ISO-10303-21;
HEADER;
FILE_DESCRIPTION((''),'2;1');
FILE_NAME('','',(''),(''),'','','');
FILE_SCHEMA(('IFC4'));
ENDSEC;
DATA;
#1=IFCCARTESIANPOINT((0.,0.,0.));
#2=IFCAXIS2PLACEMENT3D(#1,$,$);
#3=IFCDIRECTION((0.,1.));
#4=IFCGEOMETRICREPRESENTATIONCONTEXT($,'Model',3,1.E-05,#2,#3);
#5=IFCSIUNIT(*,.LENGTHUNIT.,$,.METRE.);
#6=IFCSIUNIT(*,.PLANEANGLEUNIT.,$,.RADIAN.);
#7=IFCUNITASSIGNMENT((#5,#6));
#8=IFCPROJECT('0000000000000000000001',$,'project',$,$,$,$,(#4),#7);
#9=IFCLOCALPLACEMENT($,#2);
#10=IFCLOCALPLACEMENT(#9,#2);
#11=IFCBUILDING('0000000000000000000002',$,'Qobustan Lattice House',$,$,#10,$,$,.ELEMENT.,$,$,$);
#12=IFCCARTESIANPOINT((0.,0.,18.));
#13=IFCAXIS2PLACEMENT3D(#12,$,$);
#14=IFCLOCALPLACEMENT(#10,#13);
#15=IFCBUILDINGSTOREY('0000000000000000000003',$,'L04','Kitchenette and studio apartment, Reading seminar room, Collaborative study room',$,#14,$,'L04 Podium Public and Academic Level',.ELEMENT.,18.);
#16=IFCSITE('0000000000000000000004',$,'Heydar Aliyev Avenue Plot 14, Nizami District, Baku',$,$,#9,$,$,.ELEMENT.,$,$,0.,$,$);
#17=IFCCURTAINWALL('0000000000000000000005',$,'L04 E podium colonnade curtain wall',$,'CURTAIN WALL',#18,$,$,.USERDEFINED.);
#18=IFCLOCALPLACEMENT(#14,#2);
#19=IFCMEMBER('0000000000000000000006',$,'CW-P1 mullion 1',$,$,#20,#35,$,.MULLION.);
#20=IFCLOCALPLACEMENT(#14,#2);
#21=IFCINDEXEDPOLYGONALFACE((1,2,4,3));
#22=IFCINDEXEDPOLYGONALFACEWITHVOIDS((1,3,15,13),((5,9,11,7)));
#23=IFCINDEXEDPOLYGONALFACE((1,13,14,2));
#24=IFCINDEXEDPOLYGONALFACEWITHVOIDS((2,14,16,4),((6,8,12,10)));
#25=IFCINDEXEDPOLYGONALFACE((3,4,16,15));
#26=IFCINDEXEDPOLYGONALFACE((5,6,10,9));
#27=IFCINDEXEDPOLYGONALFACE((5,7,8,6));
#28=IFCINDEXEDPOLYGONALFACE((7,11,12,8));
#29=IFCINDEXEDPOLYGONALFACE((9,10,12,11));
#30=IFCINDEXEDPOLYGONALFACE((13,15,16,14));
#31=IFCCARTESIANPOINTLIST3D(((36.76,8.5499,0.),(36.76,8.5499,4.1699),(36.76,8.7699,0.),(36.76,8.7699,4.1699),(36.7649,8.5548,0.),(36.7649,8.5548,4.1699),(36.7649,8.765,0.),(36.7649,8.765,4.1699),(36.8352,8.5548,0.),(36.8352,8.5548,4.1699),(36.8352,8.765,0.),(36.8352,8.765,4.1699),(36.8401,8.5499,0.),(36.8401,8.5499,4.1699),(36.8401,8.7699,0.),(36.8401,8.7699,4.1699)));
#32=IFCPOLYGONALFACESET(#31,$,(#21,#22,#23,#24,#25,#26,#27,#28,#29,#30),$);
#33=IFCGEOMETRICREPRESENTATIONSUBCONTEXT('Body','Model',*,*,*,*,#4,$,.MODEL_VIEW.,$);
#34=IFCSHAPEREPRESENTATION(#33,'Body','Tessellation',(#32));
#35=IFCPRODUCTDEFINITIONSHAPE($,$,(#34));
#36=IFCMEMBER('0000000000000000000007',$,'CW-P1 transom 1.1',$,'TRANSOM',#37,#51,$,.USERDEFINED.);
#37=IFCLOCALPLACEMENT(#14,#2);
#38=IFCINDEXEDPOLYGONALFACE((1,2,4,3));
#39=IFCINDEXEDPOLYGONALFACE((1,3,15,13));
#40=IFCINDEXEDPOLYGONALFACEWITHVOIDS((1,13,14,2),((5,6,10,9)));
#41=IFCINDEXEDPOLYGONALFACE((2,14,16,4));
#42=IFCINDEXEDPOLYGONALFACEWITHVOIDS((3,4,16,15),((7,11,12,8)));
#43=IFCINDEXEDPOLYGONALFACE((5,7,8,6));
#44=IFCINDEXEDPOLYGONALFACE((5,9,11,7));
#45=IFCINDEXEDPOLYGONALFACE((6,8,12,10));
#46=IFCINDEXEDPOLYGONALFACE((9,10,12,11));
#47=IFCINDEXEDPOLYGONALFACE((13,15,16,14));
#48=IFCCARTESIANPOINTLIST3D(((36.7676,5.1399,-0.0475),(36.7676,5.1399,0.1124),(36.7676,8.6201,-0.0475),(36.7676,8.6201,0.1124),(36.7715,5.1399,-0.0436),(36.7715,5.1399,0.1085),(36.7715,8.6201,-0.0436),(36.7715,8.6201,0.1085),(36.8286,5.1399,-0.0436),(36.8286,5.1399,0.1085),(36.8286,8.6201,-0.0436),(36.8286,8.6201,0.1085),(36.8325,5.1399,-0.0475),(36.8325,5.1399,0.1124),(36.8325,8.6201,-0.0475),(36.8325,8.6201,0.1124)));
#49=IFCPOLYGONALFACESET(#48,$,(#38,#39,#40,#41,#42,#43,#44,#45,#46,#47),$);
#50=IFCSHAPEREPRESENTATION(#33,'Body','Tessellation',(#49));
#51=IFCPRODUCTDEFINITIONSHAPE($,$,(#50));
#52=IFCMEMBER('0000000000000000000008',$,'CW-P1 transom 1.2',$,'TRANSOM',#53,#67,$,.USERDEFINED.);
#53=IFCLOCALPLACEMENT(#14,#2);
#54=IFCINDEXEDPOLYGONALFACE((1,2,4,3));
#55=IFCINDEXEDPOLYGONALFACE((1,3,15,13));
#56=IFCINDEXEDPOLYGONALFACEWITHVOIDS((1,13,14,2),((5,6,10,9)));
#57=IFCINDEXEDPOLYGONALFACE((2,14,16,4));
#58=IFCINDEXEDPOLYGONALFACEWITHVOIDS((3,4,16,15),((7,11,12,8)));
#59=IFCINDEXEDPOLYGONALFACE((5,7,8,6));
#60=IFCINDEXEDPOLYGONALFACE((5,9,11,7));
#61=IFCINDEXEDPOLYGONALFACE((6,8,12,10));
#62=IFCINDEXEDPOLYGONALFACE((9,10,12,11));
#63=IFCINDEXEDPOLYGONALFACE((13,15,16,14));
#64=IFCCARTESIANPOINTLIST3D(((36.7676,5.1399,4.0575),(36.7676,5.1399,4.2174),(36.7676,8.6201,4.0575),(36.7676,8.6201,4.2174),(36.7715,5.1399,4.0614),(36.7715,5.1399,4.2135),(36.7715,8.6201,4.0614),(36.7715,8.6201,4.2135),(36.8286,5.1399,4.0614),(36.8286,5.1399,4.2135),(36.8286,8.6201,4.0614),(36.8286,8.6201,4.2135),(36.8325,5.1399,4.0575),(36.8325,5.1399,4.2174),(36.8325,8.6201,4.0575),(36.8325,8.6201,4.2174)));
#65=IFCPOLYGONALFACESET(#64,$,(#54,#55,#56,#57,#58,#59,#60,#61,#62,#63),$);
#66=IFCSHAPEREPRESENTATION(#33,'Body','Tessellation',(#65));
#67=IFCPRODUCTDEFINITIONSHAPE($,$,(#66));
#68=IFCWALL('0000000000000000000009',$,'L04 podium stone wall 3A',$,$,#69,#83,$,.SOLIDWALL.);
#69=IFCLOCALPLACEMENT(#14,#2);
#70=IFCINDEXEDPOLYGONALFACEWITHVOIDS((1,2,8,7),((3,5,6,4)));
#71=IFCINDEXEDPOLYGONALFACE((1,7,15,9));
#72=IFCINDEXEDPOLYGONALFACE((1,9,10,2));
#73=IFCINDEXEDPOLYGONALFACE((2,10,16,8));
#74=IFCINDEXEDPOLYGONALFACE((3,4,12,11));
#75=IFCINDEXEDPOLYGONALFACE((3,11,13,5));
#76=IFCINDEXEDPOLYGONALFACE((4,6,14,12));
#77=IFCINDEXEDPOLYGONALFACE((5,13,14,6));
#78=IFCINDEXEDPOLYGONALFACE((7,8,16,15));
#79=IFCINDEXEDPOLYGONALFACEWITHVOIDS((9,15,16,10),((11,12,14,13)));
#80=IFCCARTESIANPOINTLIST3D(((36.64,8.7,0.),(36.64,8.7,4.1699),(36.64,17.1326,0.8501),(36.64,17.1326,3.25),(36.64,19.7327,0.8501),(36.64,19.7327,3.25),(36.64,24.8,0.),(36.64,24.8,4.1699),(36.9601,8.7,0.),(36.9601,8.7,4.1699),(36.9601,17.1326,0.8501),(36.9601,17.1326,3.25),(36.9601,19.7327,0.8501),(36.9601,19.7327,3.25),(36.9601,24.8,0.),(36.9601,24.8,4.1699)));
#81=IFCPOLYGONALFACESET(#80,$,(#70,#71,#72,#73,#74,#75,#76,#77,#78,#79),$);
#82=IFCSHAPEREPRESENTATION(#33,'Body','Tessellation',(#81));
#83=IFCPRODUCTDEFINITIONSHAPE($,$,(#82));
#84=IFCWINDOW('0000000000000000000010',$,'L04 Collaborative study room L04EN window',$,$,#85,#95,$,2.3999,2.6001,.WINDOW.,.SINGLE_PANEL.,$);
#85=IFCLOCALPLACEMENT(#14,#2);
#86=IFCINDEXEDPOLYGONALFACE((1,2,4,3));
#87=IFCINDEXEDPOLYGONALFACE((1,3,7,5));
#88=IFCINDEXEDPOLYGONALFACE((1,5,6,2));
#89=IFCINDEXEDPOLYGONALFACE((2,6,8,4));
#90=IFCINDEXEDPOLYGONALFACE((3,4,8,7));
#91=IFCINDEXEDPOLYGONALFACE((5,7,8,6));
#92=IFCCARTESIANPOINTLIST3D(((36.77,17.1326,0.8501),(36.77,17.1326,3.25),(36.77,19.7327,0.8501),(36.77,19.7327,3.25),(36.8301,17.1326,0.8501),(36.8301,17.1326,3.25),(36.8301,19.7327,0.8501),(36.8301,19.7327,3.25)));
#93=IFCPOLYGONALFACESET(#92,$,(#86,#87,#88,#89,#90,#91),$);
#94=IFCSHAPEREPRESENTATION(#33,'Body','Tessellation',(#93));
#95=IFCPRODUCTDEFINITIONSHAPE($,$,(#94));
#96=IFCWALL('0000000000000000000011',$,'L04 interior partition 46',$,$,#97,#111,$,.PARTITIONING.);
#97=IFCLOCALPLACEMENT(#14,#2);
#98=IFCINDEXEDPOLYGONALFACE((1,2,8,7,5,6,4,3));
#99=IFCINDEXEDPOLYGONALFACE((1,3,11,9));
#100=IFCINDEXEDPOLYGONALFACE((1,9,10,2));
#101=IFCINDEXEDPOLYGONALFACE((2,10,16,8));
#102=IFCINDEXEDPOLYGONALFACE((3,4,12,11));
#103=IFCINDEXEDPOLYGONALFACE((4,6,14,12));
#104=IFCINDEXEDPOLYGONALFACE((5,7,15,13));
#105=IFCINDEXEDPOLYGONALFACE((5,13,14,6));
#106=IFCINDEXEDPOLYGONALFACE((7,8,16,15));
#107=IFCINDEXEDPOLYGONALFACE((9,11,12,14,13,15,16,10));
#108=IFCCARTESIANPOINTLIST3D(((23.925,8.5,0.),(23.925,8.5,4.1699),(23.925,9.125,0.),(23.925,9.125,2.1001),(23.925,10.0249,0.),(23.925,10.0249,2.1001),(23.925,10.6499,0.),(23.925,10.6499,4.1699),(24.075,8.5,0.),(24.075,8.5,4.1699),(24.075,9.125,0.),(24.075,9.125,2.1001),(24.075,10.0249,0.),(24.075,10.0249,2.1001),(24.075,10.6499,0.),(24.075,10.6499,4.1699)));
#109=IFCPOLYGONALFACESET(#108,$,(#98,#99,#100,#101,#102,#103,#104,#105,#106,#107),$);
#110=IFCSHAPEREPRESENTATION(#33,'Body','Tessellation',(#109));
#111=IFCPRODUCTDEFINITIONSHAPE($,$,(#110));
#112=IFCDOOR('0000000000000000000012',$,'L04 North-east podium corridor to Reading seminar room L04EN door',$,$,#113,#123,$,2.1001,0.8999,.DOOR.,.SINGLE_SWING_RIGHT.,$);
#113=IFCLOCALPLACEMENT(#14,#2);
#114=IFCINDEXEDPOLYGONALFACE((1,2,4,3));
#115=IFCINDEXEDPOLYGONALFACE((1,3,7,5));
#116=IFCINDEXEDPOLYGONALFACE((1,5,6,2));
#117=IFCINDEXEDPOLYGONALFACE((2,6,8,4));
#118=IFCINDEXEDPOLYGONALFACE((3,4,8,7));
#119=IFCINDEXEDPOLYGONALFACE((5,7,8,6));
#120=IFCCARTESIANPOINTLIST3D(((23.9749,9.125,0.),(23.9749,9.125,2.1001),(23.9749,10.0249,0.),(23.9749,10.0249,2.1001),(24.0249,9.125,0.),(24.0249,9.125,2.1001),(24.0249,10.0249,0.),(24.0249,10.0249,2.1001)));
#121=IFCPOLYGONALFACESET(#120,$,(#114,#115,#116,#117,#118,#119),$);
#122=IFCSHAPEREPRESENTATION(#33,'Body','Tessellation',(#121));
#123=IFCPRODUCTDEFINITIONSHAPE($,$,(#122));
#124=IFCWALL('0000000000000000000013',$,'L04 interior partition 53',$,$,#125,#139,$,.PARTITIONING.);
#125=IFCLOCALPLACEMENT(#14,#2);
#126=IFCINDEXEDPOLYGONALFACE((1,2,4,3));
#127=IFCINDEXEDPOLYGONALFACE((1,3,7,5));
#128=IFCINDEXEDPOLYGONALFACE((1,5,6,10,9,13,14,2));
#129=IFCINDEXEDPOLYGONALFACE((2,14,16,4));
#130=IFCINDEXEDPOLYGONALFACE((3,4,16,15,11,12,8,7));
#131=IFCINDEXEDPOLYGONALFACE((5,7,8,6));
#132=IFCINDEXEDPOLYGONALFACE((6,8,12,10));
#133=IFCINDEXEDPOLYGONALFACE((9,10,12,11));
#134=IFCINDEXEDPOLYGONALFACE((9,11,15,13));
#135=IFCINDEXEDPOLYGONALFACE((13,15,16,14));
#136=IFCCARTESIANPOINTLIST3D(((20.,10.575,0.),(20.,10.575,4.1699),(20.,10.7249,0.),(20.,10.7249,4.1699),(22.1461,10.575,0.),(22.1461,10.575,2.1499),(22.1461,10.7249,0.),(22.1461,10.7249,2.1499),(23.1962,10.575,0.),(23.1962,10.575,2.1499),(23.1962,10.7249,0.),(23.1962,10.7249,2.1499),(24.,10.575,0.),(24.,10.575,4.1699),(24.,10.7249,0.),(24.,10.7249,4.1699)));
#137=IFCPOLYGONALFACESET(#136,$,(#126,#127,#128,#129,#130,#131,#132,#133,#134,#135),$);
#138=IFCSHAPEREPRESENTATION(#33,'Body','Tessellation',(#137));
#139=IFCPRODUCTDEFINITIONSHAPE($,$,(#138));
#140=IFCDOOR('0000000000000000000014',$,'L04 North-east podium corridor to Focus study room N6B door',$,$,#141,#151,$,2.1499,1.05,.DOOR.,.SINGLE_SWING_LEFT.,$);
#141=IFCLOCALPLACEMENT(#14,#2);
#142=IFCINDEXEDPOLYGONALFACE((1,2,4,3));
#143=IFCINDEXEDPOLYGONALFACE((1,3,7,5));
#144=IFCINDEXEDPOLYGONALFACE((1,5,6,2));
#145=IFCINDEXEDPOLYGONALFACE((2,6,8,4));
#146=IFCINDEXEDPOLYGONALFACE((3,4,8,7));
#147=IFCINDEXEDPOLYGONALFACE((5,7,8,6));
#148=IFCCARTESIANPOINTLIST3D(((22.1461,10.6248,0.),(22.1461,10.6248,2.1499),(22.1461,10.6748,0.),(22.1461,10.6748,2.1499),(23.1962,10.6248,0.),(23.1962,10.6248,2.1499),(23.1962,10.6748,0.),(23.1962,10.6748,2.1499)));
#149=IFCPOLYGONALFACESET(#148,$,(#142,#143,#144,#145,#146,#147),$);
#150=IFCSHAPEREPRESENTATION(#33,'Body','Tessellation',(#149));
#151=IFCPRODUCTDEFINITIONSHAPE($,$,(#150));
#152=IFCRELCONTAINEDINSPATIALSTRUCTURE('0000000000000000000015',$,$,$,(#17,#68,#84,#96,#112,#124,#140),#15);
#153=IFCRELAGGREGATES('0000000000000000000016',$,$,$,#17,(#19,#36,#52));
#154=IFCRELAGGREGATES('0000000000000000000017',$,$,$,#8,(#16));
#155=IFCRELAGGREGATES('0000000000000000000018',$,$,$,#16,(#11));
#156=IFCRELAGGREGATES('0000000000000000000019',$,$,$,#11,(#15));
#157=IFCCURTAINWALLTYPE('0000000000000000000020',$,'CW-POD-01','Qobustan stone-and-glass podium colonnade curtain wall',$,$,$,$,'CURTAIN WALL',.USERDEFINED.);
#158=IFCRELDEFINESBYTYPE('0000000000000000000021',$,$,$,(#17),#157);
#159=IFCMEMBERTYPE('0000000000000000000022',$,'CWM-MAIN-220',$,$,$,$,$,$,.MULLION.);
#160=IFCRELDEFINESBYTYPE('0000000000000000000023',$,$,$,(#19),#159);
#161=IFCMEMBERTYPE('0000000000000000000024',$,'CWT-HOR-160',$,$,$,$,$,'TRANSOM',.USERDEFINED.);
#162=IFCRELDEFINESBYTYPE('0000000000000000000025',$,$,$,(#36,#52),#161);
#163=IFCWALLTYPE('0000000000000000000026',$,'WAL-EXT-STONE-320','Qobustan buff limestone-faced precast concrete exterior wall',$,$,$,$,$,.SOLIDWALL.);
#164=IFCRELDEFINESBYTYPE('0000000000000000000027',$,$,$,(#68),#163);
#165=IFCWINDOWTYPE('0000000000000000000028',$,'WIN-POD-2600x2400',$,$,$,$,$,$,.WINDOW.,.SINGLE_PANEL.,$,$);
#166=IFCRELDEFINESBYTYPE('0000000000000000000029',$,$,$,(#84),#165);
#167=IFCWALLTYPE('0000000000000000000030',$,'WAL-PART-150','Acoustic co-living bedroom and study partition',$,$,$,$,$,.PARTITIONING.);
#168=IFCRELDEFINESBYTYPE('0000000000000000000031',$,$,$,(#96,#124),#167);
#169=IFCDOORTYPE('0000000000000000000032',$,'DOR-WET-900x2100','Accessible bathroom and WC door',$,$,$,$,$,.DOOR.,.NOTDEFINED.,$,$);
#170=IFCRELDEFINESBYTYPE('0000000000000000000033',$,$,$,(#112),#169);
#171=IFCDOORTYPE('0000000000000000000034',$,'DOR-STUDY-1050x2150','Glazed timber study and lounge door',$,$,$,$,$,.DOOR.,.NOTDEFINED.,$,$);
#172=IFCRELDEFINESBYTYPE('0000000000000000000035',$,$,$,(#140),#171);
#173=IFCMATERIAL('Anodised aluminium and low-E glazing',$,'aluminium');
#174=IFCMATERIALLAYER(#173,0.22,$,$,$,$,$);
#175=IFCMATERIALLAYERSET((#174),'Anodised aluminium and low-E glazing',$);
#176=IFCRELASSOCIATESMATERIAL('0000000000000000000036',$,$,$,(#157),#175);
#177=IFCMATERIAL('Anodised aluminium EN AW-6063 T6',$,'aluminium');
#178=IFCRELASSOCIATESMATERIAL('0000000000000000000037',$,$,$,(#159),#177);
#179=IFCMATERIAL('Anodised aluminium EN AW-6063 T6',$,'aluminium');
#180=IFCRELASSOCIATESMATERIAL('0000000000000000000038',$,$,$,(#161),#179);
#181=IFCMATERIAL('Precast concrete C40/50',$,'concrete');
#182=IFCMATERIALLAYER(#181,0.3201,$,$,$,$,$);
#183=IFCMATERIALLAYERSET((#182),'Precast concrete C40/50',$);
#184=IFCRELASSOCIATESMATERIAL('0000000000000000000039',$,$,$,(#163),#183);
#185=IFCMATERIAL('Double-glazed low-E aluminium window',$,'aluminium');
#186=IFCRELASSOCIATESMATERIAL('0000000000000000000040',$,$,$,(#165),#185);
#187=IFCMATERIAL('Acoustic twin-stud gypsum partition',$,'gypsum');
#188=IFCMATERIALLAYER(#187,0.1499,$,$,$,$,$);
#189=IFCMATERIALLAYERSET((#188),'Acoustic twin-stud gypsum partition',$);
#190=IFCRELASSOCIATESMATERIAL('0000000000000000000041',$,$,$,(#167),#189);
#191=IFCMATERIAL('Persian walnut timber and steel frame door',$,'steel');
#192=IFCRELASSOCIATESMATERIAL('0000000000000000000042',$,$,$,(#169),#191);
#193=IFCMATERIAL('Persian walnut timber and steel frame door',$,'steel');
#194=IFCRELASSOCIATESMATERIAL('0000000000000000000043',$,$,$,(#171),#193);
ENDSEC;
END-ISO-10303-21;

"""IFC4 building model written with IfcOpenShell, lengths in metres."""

from ifc_helpers import new_model, si_unit, direction, frame, frame_2d, origin, origin_2d, place, context, subcontext, project, spatial, rectangle, hollow_rectangle, extrude, material, layer, layer_set, material_profile, profile_set, type_object, element, fill, aggregate, save


model = new_model("IFC4")

# Units and contexts
model_context = context("Model", 3, precision=1e-05, world=origin(), true_north=direction((0.0, 1.0)))
body_context = subcontext(model_context, "Body", "Model", "MODEL_VIEW")
ifc_project = project(units=[si_unit("LENGTHUNIT", "METRE"), si_unit("PLANEANGLEUNIT", "RADIAN")], contexts=[model_context])

# Site, building, storey
site_placement = place(None, origin())
site = spatial("IfcSite", under=ifc_project, at=site_placement, Name="Heydar Aliyev Avenue Plot 14, Nizami District, Baku", CompositionType="ELEMENT", RefElevation=0.0)
building_placement = place(site_placement, origin())
building = spatial("IfcBuilding", under=site, at=building_placement, Name="Qobustan Lattice House", CompositionType="ELEMENT")
storey_placement = place(building_placement, frame((0.0, 0.0, 18.0)))
storey = spatial("IfcBuildingStorey", under=building, at=storey_placement, Name="L04", Description="Kitchenette and studio apartment, Reading seminar room, Collaborative study room", LongName="L04 Podium Public and Academic Level", CompositionType="ELEMENT", Elevation=18.0)

# Curtain wall, members
ifc_material_1 = material(Name="Anodised aluminium and low-E glazing", Category="aluminium")
ifc_layer_1 = layer(ifc_material_1, 0.22)
ifc_layer_set_1 = layer_set([ifc_layer_1], Name="Anodised aluminium and low-E glazing")
curtain_wall_type = type_object("IfcCurtainWallType", Name="CW-POD-01", Description="Qobustan stone-and-glass podium colonnade curtain wall", ElementType="CURTAIN WALL", PredefinedType="USERDEFINED", material=ifc_layer_set_1)
curtain_wall_placement = place(storey_placement, origin())
curtain_wall = element("IfcCurtainWall", 1, at=curtain_wall_placement, inside=storey, type_object=curtain_wall_type, Name="L04 E podium colonnade curtain wall", ObjectType="CURTAIN WALL", PredefinedType="USERDEFINED")
ifc_material_2 = material(Name="Anodised aluminium EN AW-6063 T6", Category="aluminium")
ifc_material_profile_1 = material_profile(ifc_material_2, hollow_rectangle(XDim=0.0801, YDim=0.22, WallThickness=0.0049, at=origin_2d()), Name="CWM-220x80")
ifc_profile_set_1 = profile_set([ifc_material_profile_1], Name="Anodised aluminium EN AW-6063 T6")
member_type_1 = type_object("IfcMemberType", Name="CWM-MAIN-220", PredefinedType="MULLION", material=ifc_profile_set_1)
member_1_placement = place(storey_placement, frame((36.8, 8.6599, 0.0), z_axis=(0.0, 0.0, 1.0), x_axis=(1.0, 0.0, 0.0)))
member_1 = element("IfcMember", 2, at=member_1_placement, type_object=member_type_1, Name="CW-P1 mullion 1", PredefinedType="MULLION", context=body_context, shape_type="SweptSolid", body=[
    extrude(hollow_rectangle(XDim=0.0801, YDim=0.22, WallThickness=0.0049, at=origin_2d()), origin(), (0.0, 0.0, 1.0), 4.1699),
])
ifc_material_3 = material(Name="Anodised aluminium EN AW-6063 T6", Category="aluminium")
ifc_material_profile_2 = material_profile(ifc_material_3, hollow_rectangle(XDim=0.0649, YDim=0.1599, WallThickness=0.0039, at=origin_2d()), Name="CWT-160x65")
ifc_profile_set_2 = profile_set([ifc_material_profile_2], Name="Anodised aluminium EN AW-6063 T6")
member_type_2 = type_object("IfcMemberType", Name="CWT-HOR-160", ElementType="TRANSOM", PredefinedType="USERDEFINED", material=ifc_profile_set_2)
member_2_placement = place(storey_placement, frame((36.8, 8.6201, 0.0325), z_axis=(0.0, -1.0, 0.0), x_axis=(1.0, 0.0, 0.0)))
member_2 = element("IfcMember", 3, at=member_2_placement, type_object=member_type_2, Name="CW-P1 transom 1.1", ObjectType="TRANSOM", PredefinedType="USERDEFINED", context=body_context, shape_type="SweptSolid", body=[
    extrude(hollow_rectangle(XDim=0.0649, YDim=0.1599, WallThickness=0.0039, at=origin_2d()), origin(), (0.0, 0.0, 1.0), 3.4802),
])
member_3_placement = place(storey_placement, frame((36.8, 8.6201, 4.1375), z_axis=(0.0, -1.0, 0.0), x_axis=(1.0, 0.0, 0.0)))
member_3 = element("IfcMember", 4, at=member_3_placement, type_object=member_type_2, Name="CW-P1 transom 1.2", ObjectType="TRANSOM", PredefinedType="USERDEFINED", context=body_context, shape_type="SweptSolid", body=[
    extrude(hollow_rectangle(XDim=0.0649, YDim=0.1599, WallThickness=0.0039, at=origin_2d()), origin(), (0.0, 0.0, 1.0), 3.4802),
])
aggregate(curtain_wall, [member_1, member_2, member_3])

# Wall, opening, window
ifc_material_4 = material(Name="Precast concrete C40/50", Category="concrete")
ifc_layer_2 = layer(ifc_material_4, 0.3201)
ifc_layer_set_2 = layer_set([ifc_layer_2], Name="Precast concrete C40/50")
wall_type_1 = type_object("IfcWallType", Name="WAL-EXT-STONE-320", Description="Qobustan buff limestone-faced precast concrete exterior wall", PredefinedType="SOLIDWALL", material=ifc_layer_set_2)
wall_1_placement = place(storey_placement, frame((36.8, 24.8, 0.0), z_axis=(0.0, 0.0, 1.0), x_axis=(0.0, -1.0, 0.0)))
wall_1 = element("IfcWall", 5, at=wall_1_placement, inside=storey, type_object=wall_type_1, Name="L04 podium stone wall 3A", PredefinedType="SOLIDWALL", context=body_context, shape_type="SweptSolid", body=[
    extrude(rectangle(XDim=16.1001, YDim=0.3201, at=frame_2d((8.05, 0.0))), origin(), (0.0, 0.0, 1.0), 4.1699),
])
opening_1_placement = place(wall_1_placement, frame((5.0674, 0.0, 0.8501)))
opening_1 = element("IfcOpeningElement", 6, at=opening_1_placement, cuts=wall_1, PredefinedType="OPENING", context=body_context, shape_type="SweptSolid", body=[
    extrude(rectangle(XDim=2.6001, YDim=2.3999, at=frame_2d((1.3, 1.2))), frame((0.0, 0.1699, 0.0), z_axis=(0.0, -1.0, 0.0), x_axis=(1.0, 0.0, 0.0)), (0.0, 0.0, 1.0), 0.3401),
])
ifc_material_5 = material(Name="Double-glazed low-E aluminium window", Category="aluminium")
window_type = type_object("IfcWindowType", Name="WIN-POD-2600x2400", PartitioningType="SINGLE_PANEL", PredefinedType="WINDOW", material=ifc_material_5)
window_placement = place(opening_1_placement, origin())
window = element("IfcWindow", 7, at=window_placement, inside=storey, type_object=window_type, Name="L04 Collaborative study room L04EN window", OverallHeight=2.3999, OverallWidth=2.6001, PartitioningType="SINGLE_PANEL", PredefinedType="WINDOW", context=body_context, shape_type="SweptSolid", body=[
    extrude(rectangle(XDim=2.6001, YDim=2.3999, at=frame_2d((1.3, 1.2))), frame((0.0, 0.03, 0.0), z_axis=(0.0, -1.0, 0.0), x_axis=(1.0, 0.0, 0.0)), (0.0, 0.0, 1.0), 0.0601),
])
fill(opening_1, window)

# Walls, openings, doors
ifc_material_6 = material(Name="Acoustic twin-stud gypsum partition", Category="gypsum")
ifc_layer_3 = layer(ifc_material_6, 0.1499)
ifc_layer_set_3 = layer_set([ifc_layer_3], Name="Acoustic twin-stud gypsum partition")
wall_type_2 = type_object("IfcWallType", Name="WAL-PART-150", Description="Acoustic co-living bedroom and study partition", PredefinedType="PARTITIONING", material=ifc_layer_set_3)
wall_2_placement = place(storey_placement, frame((24.0, 10.6499, 0.0), z_axis=(0.0, 0.0, 1.0), x_axis=(0.0, -1.0, 0.0)))
wall_2 = element("IfcWall", 8, at=wall_2_placement, inside=storey, type_object=wall_type_2, Name="L04 interior partition 46", PredefinedType="PARTITIONING", context=body_context, shape_type="SweptSolid", body=[
    extrude(rectangle(XDim=2.1499, YDim=0.1499, at=frame_2d((1.075, 0.0))), origin(), (0.0, 0.0, 1.0), 4.1699),
])
opening_2_placement = place(wall_2_placement, frame((0.625, 0.0, 0.0)))
opening_2 = element("IfcOpeningElement", 9, at=opening_2_placement, cuts=wall_2, PredefinedType="OPENING", context=body_context, shape_type="SweptSolid", body=[
    extrude(rectangle(XDim=0.8999, YDim=2.1001, at=frame_2d((0.45, 1.05))), frame((0.0, 0.085, 0.0), z_axis=(0.0, -1.0, 0.0), x_axis=(1.0, 0.0, 0.0)), (0.0, 0.0, 1.0), 0.1699),
])
ifc_material_7 = material(Name="Persian walnut timber and steel frame door", Category="steel")
door_type_1 = type_object("IfcDoorType", Name="DOR-WET-900x2100", Description="Accessible bathroom and WC door", OperationType="NOTDEFINED", PredefinedType="DOOR", material=ifc_material_7)
door_1_placement = place(opening_2_placement, origin())
door_1 = element("IfcDoor", 10, at=door_1_placement, inside=storey, type_object=door_type_1, Name="L04 North-east podium corridor to Reading seminar room L04EN door", OperationType="SINGLE_SWING_RIGHT", OverallHeight=2.1001, OverallWidth=0.8999, PredefinedType="DOOR", context=body_context, shape_type="SweptSolid", body=[
    extrude(rectangle(XDim=0.8999, YDim=2.1001, at=frame_2d((0.45, 1.05))), frame((0.0, 0.0249, 0.0), z_axis=(0.0, -1.0, 0.0), x_axis=(1.0, 0.0, 0.0)), (0.0, 0.0, 1.0), 0.05),
])
fill(opening_2, door_1)
wall_3_placement = place(storey_placement, frame((20.0, 10.6499, 0.0), z_axis=(0.0, 0.0, 1.0), x_axis=(1.0, 0.0, 0.0)))
wall_3 = element("IfcWall", 11, at=wall_3_placement, inside=storey, type_object=wall_type_2, Name="L04 interior partition 53", PredefinedType="PARTITIONING", context=body_context, shape_type="SweptSolid", body=[
    extrude(rectangle(XDim=4.0, YDim=0.1499, at=frame_2d((2.0, 0.0))), origin(), (0.0, 0.0, 1.0), 4.1699),
])
opening_3_placement = place(wall_3_placement, frame((2.1462, 0.0, 0.0)))
opening_3 = element("IfcOpeningElement", 12, at=opening_3_placement, cuts=wall_3, PredefinedType="OPENING", context=body_context, shape_type="SweptSolid", body=[
    extrude(rectangle(XDim=1.05, YDim=2.1499, at=frame_2d((0.5249, 1.075))), frame((0.0, 0.085, 0.0), z_axis=(0.0, -1.0, 0.0), x_axis=(1.0, 0.0, 0.0)), (0.0, 0.0, 1.0), 0.1699),
])
ifc_material_8 = material(Name="Persian walnut timber and steel frame door", Category="steel")
door_type_2 = type_object("IfcDoorType", Name="DOR-STUDY-1050x2150", Description="Glazed timber study and lounge door", OperationType="NOTDEFINED", PredefinedType="DOOR", material=ifc_material_8)
door_2_placement = place(opening_3_placement, origin())
door_2 = element("IfcDoor", 13, at=door_2_placement, inside=storey, type_object=door_type_2, Name="L04 North-east podium corridor to Focus study room N6B door", OperationType="SINGLE_SWING_LEFT", OverallHeight=2.1499, OverallWidth=1.05, PredefinedType="DOOR", context=body_context, shape_type="SweptSolid", body=[
    extrude(rectangle(XDim=1.05, YDim=2.1499, at=frame_2d((0.5249, 1.075))), frame((0.0, 0.0249, 0.0), z_axis=(0.0, -1.0, 0.0), x_axis=(1.0, 0.0, 0.0)), (0.0, 0.0, 1.0), 0.05),
])
fill(opening_3, door_2)

save(model, "model.ifc")
